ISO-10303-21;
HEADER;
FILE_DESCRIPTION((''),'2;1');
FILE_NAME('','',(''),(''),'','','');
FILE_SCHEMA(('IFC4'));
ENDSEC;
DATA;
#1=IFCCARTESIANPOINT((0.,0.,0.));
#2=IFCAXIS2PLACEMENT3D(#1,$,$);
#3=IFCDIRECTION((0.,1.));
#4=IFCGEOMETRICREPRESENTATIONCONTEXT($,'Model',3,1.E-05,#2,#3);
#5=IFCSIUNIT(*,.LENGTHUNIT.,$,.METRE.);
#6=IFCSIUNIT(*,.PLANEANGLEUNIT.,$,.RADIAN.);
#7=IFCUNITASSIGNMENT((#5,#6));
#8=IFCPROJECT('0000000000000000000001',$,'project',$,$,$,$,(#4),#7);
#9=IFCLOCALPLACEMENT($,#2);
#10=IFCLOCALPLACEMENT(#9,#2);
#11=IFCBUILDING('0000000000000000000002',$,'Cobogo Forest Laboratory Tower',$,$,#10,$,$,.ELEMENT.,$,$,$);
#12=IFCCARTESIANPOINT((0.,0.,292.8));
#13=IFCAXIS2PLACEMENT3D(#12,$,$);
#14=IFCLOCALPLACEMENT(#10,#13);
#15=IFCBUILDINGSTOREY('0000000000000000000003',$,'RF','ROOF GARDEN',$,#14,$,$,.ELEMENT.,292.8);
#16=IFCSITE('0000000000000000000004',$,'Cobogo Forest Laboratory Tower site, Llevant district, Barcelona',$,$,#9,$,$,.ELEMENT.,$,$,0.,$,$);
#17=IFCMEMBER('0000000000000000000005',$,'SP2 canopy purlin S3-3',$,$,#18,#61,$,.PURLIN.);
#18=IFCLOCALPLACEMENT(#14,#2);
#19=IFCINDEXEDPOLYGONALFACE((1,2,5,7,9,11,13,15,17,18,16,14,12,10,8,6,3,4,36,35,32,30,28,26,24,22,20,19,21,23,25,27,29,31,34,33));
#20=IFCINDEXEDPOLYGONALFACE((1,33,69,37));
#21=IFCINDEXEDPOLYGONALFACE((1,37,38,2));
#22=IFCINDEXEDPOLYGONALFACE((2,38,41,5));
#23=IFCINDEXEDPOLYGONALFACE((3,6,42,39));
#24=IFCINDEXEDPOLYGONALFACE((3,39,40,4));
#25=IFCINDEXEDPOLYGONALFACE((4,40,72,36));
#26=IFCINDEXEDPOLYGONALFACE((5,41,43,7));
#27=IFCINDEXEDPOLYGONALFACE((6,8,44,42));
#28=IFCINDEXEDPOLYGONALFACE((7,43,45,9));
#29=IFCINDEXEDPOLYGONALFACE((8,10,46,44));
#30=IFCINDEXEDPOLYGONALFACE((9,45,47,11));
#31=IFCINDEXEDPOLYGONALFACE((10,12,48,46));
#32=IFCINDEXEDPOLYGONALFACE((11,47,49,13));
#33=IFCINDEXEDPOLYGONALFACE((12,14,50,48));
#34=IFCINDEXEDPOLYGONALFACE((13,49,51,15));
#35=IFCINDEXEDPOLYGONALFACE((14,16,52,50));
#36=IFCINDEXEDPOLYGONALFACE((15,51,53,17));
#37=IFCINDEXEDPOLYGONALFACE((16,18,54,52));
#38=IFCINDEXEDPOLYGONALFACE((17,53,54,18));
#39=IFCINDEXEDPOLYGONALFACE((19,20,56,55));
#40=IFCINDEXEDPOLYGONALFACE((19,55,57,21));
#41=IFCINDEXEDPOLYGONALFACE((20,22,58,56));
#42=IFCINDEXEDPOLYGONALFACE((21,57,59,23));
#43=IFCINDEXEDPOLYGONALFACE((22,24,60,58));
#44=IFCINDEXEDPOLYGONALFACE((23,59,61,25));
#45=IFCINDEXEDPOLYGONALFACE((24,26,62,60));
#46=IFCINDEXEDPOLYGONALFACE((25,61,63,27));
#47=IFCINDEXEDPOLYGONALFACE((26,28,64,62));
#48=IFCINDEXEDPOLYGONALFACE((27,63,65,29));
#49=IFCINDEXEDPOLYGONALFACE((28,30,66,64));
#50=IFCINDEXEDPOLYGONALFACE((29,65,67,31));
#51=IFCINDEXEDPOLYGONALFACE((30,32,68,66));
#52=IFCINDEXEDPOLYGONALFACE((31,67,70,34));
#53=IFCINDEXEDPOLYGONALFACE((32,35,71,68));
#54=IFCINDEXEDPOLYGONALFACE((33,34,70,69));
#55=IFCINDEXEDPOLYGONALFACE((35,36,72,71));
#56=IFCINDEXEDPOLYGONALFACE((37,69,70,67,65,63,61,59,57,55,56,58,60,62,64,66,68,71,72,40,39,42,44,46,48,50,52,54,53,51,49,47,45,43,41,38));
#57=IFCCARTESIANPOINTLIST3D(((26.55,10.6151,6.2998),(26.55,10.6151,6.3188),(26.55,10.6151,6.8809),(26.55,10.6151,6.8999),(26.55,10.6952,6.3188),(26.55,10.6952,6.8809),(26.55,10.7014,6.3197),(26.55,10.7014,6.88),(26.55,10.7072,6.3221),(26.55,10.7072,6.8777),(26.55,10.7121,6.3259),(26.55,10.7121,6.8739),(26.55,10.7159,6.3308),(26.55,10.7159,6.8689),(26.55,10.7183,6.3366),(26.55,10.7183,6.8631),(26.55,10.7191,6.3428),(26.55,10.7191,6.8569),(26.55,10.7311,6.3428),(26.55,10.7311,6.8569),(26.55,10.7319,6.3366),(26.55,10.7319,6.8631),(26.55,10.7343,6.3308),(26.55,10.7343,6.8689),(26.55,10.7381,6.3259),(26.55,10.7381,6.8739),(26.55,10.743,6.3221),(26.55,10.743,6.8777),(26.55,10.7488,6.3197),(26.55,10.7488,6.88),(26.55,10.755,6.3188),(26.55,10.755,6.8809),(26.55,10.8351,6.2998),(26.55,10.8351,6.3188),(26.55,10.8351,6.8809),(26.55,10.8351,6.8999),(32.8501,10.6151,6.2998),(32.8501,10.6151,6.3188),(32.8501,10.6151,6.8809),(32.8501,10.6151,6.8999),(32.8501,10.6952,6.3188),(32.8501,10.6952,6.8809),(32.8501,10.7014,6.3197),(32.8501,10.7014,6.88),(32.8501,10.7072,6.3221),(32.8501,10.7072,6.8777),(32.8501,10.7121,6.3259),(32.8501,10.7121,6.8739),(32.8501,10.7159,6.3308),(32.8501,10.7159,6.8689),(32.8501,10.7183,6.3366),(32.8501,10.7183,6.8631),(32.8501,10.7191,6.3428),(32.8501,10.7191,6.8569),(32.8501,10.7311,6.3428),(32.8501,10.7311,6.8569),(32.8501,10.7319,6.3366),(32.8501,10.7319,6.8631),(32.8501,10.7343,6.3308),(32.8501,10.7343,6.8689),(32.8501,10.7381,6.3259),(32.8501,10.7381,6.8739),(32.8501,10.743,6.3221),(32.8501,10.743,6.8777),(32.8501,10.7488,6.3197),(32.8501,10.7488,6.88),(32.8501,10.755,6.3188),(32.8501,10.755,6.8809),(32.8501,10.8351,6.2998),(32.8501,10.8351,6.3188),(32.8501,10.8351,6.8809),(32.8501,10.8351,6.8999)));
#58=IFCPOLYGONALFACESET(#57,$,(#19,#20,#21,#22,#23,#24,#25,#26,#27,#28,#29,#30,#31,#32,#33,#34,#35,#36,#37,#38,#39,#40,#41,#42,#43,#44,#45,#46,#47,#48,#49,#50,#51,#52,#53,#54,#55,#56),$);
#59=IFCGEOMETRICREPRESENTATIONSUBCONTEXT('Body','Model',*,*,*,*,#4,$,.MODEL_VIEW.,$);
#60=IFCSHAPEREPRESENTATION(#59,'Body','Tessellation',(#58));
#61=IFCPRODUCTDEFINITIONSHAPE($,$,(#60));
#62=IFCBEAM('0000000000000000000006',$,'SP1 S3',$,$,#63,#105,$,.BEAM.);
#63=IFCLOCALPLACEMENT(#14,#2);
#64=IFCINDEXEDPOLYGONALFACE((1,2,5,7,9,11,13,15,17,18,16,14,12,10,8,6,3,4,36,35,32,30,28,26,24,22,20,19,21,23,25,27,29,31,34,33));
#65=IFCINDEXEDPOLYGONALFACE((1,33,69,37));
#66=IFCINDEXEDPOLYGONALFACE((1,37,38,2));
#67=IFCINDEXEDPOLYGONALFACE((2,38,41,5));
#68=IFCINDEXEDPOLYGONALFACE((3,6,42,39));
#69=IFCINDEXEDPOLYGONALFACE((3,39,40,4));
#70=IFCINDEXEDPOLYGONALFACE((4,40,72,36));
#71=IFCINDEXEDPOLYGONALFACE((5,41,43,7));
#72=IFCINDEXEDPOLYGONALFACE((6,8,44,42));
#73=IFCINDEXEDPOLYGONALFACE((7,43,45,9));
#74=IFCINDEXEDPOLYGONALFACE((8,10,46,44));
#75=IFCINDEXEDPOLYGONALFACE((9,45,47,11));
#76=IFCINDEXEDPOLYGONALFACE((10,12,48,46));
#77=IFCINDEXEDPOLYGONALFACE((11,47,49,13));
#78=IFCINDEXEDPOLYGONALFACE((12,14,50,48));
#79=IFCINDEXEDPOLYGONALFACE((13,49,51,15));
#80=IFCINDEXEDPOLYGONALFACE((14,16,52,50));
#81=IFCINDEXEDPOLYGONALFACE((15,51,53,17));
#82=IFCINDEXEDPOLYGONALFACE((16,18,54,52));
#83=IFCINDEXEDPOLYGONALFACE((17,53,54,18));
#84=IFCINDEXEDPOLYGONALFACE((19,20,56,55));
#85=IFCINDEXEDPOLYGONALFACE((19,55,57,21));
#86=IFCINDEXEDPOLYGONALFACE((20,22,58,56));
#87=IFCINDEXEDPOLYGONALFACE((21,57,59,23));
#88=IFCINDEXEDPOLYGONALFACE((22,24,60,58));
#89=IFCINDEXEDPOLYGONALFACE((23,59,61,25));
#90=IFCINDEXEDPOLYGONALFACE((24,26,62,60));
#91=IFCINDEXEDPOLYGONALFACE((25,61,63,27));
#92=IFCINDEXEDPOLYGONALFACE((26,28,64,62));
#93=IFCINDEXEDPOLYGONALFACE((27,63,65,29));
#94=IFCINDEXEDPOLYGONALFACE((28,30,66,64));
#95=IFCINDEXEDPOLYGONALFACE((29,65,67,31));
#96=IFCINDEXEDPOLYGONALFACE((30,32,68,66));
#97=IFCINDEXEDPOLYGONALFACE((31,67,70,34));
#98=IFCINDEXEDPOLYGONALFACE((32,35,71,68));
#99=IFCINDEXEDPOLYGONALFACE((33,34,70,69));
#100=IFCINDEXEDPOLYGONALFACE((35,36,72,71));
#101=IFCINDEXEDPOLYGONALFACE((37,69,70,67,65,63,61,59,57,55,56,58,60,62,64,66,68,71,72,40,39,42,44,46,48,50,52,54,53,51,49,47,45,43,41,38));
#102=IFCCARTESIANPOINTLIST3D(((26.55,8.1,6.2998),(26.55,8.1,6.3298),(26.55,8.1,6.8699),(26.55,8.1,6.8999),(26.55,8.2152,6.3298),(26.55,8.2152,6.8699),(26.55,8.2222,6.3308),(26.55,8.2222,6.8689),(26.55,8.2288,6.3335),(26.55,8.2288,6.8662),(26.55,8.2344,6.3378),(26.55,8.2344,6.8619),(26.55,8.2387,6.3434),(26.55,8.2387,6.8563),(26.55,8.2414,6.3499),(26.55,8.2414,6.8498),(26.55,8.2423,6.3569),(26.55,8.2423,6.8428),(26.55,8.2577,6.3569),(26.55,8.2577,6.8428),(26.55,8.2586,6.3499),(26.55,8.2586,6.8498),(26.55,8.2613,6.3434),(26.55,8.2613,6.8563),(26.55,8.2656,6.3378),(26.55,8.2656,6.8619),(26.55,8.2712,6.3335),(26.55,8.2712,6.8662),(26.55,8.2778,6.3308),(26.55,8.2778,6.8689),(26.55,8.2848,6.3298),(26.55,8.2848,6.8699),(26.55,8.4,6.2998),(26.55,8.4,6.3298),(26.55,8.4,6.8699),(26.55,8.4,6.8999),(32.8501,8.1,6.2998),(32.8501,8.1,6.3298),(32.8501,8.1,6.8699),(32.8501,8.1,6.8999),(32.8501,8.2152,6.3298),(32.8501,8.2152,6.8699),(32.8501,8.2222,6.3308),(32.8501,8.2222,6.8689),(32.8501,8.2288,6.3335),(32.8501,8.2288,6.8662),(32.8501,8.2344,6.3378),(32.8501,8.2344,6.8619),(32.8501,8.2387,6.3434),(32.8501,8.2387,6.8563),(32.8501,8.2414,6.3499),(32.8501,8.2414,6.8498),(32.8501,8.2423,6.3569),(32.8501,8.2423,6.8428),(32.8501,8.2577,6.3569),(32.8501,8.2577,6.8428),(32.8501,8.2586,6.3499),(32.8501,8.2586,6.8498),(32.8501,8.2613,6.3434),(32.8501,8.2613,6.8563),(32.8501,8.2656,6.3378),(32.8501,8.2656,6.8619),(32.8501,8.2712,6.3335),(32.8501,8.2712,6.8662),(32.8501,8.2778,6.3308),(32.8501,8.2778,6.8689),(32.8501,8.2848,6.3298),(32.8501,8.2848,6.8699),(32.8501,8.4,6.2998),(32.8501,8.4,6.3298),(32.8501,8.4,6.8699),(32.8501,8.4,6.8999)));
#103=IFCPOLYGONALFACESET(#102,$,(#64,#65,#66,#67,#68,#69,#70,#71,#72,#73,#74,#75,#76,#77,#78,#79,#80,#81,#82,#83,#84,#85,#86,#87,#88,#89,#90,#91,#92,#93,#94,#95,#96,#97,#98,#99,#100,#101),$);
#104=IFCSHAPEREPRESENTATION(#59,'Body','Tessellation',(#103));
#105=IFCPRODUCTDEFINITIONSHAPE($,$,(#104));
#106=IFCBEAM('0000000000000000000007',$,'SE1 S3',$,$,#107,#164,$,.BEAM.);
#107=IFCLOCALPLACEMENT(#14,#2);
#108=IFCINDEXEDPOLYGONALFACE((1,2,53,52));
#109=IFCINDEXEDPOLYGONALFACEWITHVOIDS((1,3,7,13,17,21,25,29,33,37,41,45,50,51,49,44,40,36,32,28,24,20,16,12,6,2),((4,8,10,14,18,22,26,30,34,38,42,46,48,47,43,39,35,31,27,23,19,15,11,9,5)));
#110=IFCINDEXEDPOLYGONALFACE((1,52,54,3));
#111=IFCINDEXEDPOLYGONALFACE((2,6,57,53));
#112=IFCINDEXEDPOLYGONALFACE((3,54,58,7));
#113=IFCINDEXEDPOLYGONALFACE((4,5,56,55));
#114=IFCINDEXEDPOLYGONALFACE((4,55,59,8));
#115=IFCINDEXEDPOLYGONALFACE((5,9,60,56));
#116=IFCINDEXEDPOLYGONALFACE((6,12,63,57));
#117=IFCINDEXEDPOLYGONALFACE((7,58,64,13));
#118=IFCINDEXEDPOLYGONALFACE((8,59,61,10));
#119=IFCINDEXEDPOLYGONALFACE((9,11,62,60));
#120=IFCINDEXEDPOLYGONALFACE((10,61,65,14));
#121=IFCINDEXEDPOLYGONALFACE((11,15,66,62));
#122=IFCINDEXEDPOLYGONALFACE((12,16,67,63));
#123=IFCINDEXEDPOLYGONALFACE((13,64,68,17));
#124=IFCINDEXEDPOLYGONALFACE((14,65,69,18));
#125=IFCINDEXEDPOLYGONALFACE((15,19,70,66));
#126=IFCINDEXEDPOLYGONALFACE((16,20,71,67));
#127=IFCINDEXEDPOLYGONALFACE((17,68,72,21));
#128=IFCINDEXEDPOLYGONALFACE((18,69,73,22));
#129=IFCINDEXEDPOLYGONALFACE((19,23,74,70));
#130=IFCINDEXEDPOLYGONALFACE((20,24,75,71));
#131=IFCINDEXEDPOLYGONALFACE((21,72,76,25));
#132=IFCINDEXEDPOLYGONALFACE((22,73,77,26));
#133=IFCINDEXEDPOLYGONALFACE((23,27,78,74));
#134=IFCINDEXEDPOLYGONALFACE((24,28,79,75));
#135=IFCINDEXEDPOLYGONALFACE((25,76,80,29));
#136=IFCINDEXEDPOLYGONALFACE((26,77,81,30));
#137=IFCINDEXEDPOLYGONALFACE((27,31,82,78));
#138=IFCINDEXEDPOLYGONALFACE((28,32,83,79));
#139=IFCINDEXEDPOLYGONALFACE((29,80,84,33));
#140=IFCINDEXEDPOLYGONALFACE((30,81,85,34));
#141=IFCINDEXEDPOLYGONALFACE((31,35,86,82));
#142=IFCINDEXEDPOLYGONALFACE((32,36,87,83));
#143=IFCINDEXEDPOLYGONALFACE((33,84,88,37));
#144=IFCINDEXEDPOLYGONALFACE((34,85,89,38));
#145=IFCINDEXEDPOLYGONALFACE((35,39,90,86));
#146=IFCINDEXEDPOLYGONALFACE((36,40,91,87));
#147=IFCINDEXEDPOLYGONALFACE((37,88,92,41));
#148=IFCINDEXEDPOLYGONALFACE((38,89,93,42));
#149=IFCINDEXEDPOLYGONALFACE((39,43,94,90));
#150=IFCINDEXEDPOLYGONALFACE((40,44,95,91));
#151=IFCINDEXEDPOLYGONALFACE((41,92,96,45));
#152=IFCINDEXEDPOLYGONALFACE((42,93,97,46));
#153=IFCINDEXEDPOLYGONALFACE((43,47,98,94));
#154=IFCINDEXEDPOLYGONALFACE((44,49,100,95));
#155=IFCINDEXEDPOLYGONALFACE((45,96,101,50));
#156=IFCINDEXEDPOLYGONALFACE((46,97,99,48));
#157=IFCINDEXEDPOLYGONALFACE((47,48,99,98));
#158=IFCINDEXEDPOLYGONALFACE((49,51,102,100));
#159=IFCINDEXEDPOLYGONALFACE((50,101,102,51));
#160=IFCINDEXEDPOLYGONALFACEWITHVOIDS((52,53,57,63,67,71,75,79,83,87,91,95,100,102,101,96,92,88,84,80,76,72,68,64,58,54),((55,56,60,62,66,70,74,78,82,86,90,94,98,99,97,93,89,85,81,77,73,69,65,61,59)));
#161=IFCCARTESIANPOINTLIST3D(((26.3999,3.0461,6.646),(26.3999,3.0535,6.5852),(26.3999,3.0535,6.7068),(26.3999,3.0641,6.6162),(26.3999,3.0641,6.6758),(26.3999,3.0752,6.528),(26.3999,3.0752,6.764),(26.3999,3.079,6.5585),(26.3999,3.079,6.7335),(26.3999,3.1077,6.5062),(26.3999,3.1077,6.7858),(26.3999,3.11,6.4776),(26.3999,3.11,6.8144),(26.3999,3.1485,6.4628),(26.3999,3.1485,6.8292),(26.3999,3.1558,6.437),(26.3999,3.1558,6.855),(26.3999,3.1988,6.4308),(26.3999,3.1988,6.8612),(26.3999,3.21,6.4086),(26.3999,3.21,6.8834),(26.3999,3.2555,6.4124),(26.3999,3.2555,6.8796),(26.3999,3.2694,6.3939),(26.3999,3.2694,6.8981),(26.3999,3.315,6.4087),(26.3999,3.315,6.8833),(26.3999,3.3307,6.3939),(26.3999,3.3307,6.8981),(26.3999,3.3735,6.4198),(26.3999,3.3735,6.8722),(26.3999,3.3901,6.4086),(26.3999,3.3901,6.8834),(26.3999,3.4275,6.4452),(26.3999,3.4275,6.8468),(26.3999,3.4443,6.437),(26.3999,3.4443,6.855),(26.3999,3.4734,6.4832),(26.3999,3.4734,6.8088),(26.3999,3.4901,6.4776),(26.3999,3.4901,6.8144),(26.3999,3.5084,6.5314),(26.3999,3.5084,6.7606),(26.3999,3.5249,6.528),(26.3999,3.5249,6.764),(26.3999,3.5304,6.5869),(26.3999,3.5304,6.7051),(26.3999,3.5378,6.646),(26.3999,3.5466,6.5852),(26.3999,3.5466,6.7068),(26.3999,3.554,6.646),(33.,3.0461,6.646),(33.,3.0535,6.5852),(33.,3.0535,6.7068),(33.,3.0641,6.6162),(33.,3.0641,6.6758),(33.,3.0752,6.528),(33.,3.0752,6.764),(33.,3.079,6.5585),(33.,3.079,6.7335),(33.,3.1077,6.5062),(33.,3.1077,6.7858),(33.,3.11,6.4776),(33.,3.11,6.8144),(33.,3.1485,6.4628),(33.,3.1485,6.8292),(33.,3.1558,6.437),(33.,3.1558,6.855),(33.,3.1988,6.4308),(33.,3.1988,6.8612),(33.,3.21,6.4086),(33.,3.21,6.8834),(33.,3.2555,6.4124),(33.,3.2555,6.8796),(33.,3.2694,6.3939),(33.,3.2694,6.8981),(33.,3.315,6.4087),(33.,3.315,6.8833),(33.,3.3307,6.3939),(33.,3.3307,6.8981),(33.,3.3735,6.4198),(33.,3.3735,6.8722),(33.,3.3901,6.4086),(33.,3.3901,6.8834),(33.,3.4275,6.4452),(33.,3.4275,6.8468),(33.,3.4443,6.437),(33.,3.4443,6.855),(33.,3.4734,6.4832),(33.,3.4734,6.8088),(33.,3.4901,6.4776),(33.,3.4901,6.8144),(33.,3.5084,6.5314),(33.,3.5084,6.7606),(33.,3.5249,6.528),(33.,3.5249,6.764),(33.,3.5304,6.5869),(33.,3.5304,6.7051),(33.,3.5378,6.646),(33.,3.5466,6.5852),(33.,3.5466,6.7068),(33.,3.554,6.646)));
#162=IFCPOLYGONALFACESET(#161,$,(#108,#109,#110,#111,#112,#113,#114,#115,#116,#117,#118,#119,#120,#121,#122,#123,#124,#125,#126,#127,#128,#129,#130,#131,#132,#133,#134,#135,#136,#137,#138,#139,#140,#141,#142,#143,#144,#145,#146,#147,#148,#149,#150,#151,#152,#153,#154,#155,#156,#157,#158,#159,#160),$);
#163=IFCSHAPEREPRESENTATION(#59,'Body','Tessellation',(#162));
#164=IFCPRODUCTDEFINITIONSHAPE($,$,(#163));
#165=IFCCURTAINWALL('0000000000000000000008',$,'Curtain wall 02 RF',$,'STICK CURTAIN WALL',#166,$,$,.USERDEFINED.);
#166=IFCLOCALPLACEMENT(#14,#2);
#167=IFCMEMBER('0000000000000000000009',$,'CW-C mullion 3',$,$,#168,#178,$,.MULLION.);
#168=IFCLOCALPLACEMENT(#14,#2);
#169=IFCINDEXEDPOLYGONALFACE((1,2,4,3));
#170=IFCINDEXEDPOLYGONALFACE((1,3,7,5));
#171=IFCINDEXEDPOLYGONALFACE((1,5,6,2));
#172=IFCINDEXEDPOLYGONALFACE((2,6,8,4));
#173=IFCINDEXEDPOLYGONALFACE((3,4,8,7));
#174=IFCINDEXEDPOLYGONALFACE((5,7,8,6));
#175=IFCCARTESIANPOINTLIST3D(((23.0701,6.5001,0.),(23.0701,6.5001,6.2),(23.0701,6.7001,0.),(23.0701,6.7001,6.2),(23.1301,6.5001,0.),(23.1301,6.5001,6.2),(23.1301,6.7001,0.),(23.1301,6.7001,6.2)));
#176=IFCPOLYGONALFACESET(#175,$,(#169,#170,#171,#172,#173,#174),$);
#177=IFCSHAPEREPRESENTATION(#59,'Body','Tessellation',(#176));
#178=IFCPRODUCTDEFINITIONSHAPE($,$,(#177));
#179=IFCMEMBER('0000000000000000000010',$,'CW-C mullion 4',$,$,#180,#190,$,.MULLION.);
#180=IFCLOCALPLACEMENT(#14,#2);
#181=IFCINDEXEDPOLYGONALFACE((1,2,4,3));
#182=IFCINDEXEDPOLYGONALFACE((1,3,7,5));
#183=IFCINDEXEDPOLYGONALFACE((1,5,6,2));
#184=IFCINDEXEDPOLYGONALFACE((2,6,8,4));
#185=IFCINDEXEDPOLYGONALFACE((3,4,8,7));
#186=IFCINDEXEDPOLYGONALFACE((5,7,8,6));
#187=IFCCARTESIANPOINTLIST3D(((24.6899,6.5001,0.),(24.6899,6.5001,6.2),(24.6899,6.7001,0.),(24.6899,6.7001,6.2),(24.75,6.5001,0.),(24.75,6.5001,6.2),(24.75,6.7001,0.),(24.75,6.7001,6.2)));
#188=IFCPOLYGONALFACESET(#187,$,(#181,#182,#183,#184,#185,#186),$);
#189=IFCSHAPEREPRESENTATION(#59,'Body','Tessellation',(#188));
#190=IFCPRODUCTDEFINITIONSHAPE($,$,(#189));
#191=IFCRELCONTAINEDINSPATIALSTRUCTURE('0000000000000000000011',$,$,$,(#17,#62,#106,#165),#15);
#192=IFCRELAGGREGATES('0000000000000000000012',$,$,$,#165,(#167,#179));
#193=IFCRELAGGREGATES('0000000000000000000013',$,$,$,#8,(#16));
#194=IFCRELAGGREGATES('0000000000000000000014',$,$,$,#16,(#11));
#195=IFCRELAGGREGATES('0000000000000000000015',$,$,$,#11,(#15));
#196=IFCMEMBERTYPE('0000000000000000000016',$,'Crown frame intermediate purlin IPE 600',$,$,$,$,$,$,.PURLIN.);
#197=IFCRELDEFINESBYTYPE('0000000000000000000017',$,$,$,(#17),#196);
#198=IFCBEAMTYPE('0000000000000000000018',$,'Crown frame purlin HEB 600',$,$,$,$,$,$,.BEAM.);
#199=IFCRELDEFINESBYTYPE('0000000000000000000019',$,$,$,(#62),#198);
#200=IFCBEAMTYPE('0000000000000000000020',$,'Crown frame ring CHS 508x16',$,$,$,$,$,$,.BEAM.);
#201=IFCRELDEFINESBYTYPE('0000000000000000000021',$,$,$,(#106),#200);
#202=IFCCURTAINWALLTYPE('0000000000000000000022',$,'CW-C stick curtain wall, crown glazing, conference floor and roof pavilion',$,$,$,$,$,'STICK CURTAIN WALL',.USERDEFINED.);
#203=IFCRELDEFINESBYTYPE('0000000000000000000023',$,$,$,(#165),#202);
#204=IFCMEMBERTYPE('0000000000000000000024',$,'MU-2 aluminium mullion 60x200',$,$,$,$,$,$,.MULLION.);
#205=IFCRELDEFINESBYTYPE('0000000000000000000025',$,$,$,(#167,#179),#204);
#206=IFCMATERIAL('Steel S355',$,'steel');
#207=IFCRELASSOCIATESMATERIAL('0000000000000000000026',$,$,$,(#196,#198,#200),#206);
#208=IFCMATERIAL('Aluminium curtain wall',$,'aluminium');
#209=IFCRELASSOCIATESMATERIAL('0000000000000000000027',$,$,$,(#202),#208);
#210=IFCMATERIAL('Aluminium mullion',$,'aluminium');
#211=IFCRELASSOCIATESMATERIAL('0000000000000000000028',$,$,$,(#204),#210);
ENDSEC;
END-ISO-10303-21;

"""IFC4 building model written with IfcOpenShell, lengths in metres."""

from ifc_helpers import new_model, si_unit, direction, frame, origin, origin_2d, place, context, subcontext, project, spatial, rectangle, hollow_circle, i_section, extrude, material, material_profile, profile_set, type_object, element, aggregate, save


model = new_model("IFC4")

# Units and contexts
model_context = context("Model", 3, precision=1e-05, world=origin(), true_north=direction((0.0, 1.0)))
body_context = subcontext(model_context, "Body", "Model", "MODEL_VIEW")
ifc_project = project(units=[si_unit("LENGTHUNIT", "METRE"), si_unit("PLANEANGLEUNIT", "RADIAN")], contexts=[model_context])

# Site, building, storey
site_placement = place(None, origin())
site = spatial("IfcSite", under=ifc_project, at=site_placement, Name="Cobogo Forest Laboratory Tower site, Llevant district, Barcelona", CompositionType="ELEMENT", RefElevation=0.0)
building_placement = place(site_placement, origin())
building = spatial("IfcBuilding", under=site, at=building_placement, Name="Cobogo Forest Laboratory Tower", CompositionType="ELEMENT")
storey_placement = place(building_placement, frame((0.0, 0.0, 292.8)))
storey = spatial("IfcBuildingStorey", under=building, at=storey_placement, Name="RF", Description="ROOF GARDEN", CompositionType="ELEMENT", Elevation=292.8)

# Shared definitions
ifc_material_1 = material(Name="Steel S355", Category="steel")

# Member
ifc_material_profile_1 = material_profile(ifc_material_1, i_section(OverallWidth=0.22, OverallDepth=0.6001, WebThickness=0.012, FlangeThickness=0.019, FilletRadius=0.0239, at=origin_2d()), Name="IPE 600")
ifc_profile_set_1 = profile_set([ifc_material_profile_1], Name="Steel S355")
member_type_1 = type_object("IfcMemberType", Name="Crown frame intermediate purlin IPE 600", PredefinedType="PURLIN", material=ifc_profile_set_1)
for number, where, z_axis, x_axis, name in (
    (1, (26.55, 10.7251, 6.5999), (1.0, 0.0, 0.0), (0.0, 1.0, 0.0), "SP2 canopy purlin S3-3"),
):
    element("IfcMember", number, at=place(storey_placement, frame(where, z_axis=z_axis, x_axis=x_axis)), inside=storey, type_object=member_type_1, Name=name, PredefinedType="PURLIN", context=body_context, shape_type="SweptSolid", body=[
        extrude(i_section(OverallWidth=0.22, OverallDepth=0.6001, WebThickness=0.012, FlangeThickness=0.019, FilletRadius=0.0239, at=origin_2d()), origin(), (0.0, 0.0, 1.0), 6.3),
    ])

# Beams
ifc_material_profile_2 = material_profile(ifc_material_1, i_section(OverallWidth=0.3, OverallDepth=0.6001, WebThickness=0.0154, FlangeThickness=0.03, FilletRadius=0.0271, at=origin_2d()), Name="HEB 600")
ifc_profile_set_2 = profile_set([ifc_material_profile_2], Name="Steel S355")
beam_type_1 = type_object("IfcBeamType", Name="Crown frame purlin HEB 600", PredefinedType="BEAM", material=ifc_profile_set_2)
beam_1_placement = place(storey_placement, frame((26.55, 8.25, 6.5999), z_axis=(1.0, 0.0, 0.0), x_axis=(0.0, 1.0, 0.0)))
element("IfcBeam", 2, at=beam_1_placement, inside=storey, type_object=beam_type_1, Name="SP1 S3", PredefinedType="BEAM", context=body_context, shape_type="SweptSolid", body=[
    extrude(i_section(OverallWidth=0.3, OverallDepth=0.6001, WebThickness=0.0154, FlangeThickness=0.03, FilletRadius=0.0271, at=origin_2d()), origin(), (0.0, 0.0, 1.0), 6.3),
])
ifc_material_profile_3 = material_profile(ifc_material_1, hollow_circle(Radius=0.2539, WallThickness=0.0161, at=origin_2d()), Name="CHS 508x16")
ifc_profile_set_3 = profile_set([ifc_material_profile_3], Name="Steel S355")
beam_type_2 = type_object("IfcBeamType", Name="Crown frame ring CHS 508x16", PredefinedType="BEAM", material=ifc_profile_set_3)
beam_2_placement = place(storey_placement, frame((26.3999, 3.3, 6.646), z_axis=(1.0, 0.0, 0.0), x_axis=(0.0, 1.0, 0.0)))
element("IfcBeam", 3, at=beam_2_placement, inside=storey, type_object=beam_type_2, Name="SE1 S3", PredefinedType="BEAM", context=body_context, shape_type="SweptSolid", body=[
    extrude(hollow_circle(Radius=0.2539, WallThickness=0.0161, at=origin_2d()), origin(), (0.0, 0.0, 1.0), 6.6001),
])

# Curtain wall, members
ifc_material_2 = material(Name="Aluminium curtain wall", Category="aluminium")
curtain_wall_type = type_object("IfcCurtainWallType", Name="CW-C stick curtain wall, crown glazing, conference floor and roof pavilion", ElementType="STICK CURTAIN WALL", PredefinedType="USERDEFINED", material=ifc_material_2)
curtain_wall_1_placement = place(storey_placement, origin())
curtain_wall_1 = element("IfcCurtainWall", 4, at=curtain_wall_1_placement, inside=storey, type_object=curtain_wall_type, Name="Curtain wall 02 RF", ObjectType="STICK CURTAIN WALL", PredefinedType="USERDEFINED")
ifc_material_3 = material(Name="Aluminium mullion", Category="aluminium")
ifc_material_profile_4 = material_profile(ifc_material_3, rectangle(XDim=0.0601, YDim=0.2, at=origin_2d()), Name="AL 60x200")
ifc_profile_set_4 = profile_set([ifc_material_profile_4], Name="Aluminium mullion")
member_type_2 = type_object("IfcMemberType", Name="MU-2 aluminium mullion 60x200", PredefinedType="MULLION", material=ifc_profile_set_4)
member_1_placement = place(storey_placement, frame((23.1001, 6.6001, 0.0), z_axis=(0.0, 0.0, 1.0), x_axis=(1.0, 0.0, 0.0)))
member_1 = element("IfcMember", 5, at=member_1_placement, type_object=member_type_2, Name="CW-C mullion 3", PredefinedType="MULLION", context=body_context, shape_type="SweptSolid", body=[
    extrude(rectangle(XDim=0.0601, YDim=0.2, at=origin_2d()), origin(), (0.0, 0.0, 1.0), 6.2),
])
member_2_placement = place(storey_placement, frame((24.72, 6.6001, 0.0), z_axis=(0.0, 0.0, 1.0), x_axis=(1.0, 0.0, 0.0)))
member_2 = element("IfcMember", 6, at=member_2_placement, type_object=member_type_2, Name="CW-C mullion 4", PredefinedType="MULLION", context=body_context, shape_type="SweptSolid", body=[
    extrude(rectangle(XDim=0.0601, YDim=0.2, at=origin_2d()), origin(), (0.0, 0.0, 1.0), 6.2),
])

aggregate(curtain_wall_1, [member_1, member_2])

save(model, "model.ifc")
